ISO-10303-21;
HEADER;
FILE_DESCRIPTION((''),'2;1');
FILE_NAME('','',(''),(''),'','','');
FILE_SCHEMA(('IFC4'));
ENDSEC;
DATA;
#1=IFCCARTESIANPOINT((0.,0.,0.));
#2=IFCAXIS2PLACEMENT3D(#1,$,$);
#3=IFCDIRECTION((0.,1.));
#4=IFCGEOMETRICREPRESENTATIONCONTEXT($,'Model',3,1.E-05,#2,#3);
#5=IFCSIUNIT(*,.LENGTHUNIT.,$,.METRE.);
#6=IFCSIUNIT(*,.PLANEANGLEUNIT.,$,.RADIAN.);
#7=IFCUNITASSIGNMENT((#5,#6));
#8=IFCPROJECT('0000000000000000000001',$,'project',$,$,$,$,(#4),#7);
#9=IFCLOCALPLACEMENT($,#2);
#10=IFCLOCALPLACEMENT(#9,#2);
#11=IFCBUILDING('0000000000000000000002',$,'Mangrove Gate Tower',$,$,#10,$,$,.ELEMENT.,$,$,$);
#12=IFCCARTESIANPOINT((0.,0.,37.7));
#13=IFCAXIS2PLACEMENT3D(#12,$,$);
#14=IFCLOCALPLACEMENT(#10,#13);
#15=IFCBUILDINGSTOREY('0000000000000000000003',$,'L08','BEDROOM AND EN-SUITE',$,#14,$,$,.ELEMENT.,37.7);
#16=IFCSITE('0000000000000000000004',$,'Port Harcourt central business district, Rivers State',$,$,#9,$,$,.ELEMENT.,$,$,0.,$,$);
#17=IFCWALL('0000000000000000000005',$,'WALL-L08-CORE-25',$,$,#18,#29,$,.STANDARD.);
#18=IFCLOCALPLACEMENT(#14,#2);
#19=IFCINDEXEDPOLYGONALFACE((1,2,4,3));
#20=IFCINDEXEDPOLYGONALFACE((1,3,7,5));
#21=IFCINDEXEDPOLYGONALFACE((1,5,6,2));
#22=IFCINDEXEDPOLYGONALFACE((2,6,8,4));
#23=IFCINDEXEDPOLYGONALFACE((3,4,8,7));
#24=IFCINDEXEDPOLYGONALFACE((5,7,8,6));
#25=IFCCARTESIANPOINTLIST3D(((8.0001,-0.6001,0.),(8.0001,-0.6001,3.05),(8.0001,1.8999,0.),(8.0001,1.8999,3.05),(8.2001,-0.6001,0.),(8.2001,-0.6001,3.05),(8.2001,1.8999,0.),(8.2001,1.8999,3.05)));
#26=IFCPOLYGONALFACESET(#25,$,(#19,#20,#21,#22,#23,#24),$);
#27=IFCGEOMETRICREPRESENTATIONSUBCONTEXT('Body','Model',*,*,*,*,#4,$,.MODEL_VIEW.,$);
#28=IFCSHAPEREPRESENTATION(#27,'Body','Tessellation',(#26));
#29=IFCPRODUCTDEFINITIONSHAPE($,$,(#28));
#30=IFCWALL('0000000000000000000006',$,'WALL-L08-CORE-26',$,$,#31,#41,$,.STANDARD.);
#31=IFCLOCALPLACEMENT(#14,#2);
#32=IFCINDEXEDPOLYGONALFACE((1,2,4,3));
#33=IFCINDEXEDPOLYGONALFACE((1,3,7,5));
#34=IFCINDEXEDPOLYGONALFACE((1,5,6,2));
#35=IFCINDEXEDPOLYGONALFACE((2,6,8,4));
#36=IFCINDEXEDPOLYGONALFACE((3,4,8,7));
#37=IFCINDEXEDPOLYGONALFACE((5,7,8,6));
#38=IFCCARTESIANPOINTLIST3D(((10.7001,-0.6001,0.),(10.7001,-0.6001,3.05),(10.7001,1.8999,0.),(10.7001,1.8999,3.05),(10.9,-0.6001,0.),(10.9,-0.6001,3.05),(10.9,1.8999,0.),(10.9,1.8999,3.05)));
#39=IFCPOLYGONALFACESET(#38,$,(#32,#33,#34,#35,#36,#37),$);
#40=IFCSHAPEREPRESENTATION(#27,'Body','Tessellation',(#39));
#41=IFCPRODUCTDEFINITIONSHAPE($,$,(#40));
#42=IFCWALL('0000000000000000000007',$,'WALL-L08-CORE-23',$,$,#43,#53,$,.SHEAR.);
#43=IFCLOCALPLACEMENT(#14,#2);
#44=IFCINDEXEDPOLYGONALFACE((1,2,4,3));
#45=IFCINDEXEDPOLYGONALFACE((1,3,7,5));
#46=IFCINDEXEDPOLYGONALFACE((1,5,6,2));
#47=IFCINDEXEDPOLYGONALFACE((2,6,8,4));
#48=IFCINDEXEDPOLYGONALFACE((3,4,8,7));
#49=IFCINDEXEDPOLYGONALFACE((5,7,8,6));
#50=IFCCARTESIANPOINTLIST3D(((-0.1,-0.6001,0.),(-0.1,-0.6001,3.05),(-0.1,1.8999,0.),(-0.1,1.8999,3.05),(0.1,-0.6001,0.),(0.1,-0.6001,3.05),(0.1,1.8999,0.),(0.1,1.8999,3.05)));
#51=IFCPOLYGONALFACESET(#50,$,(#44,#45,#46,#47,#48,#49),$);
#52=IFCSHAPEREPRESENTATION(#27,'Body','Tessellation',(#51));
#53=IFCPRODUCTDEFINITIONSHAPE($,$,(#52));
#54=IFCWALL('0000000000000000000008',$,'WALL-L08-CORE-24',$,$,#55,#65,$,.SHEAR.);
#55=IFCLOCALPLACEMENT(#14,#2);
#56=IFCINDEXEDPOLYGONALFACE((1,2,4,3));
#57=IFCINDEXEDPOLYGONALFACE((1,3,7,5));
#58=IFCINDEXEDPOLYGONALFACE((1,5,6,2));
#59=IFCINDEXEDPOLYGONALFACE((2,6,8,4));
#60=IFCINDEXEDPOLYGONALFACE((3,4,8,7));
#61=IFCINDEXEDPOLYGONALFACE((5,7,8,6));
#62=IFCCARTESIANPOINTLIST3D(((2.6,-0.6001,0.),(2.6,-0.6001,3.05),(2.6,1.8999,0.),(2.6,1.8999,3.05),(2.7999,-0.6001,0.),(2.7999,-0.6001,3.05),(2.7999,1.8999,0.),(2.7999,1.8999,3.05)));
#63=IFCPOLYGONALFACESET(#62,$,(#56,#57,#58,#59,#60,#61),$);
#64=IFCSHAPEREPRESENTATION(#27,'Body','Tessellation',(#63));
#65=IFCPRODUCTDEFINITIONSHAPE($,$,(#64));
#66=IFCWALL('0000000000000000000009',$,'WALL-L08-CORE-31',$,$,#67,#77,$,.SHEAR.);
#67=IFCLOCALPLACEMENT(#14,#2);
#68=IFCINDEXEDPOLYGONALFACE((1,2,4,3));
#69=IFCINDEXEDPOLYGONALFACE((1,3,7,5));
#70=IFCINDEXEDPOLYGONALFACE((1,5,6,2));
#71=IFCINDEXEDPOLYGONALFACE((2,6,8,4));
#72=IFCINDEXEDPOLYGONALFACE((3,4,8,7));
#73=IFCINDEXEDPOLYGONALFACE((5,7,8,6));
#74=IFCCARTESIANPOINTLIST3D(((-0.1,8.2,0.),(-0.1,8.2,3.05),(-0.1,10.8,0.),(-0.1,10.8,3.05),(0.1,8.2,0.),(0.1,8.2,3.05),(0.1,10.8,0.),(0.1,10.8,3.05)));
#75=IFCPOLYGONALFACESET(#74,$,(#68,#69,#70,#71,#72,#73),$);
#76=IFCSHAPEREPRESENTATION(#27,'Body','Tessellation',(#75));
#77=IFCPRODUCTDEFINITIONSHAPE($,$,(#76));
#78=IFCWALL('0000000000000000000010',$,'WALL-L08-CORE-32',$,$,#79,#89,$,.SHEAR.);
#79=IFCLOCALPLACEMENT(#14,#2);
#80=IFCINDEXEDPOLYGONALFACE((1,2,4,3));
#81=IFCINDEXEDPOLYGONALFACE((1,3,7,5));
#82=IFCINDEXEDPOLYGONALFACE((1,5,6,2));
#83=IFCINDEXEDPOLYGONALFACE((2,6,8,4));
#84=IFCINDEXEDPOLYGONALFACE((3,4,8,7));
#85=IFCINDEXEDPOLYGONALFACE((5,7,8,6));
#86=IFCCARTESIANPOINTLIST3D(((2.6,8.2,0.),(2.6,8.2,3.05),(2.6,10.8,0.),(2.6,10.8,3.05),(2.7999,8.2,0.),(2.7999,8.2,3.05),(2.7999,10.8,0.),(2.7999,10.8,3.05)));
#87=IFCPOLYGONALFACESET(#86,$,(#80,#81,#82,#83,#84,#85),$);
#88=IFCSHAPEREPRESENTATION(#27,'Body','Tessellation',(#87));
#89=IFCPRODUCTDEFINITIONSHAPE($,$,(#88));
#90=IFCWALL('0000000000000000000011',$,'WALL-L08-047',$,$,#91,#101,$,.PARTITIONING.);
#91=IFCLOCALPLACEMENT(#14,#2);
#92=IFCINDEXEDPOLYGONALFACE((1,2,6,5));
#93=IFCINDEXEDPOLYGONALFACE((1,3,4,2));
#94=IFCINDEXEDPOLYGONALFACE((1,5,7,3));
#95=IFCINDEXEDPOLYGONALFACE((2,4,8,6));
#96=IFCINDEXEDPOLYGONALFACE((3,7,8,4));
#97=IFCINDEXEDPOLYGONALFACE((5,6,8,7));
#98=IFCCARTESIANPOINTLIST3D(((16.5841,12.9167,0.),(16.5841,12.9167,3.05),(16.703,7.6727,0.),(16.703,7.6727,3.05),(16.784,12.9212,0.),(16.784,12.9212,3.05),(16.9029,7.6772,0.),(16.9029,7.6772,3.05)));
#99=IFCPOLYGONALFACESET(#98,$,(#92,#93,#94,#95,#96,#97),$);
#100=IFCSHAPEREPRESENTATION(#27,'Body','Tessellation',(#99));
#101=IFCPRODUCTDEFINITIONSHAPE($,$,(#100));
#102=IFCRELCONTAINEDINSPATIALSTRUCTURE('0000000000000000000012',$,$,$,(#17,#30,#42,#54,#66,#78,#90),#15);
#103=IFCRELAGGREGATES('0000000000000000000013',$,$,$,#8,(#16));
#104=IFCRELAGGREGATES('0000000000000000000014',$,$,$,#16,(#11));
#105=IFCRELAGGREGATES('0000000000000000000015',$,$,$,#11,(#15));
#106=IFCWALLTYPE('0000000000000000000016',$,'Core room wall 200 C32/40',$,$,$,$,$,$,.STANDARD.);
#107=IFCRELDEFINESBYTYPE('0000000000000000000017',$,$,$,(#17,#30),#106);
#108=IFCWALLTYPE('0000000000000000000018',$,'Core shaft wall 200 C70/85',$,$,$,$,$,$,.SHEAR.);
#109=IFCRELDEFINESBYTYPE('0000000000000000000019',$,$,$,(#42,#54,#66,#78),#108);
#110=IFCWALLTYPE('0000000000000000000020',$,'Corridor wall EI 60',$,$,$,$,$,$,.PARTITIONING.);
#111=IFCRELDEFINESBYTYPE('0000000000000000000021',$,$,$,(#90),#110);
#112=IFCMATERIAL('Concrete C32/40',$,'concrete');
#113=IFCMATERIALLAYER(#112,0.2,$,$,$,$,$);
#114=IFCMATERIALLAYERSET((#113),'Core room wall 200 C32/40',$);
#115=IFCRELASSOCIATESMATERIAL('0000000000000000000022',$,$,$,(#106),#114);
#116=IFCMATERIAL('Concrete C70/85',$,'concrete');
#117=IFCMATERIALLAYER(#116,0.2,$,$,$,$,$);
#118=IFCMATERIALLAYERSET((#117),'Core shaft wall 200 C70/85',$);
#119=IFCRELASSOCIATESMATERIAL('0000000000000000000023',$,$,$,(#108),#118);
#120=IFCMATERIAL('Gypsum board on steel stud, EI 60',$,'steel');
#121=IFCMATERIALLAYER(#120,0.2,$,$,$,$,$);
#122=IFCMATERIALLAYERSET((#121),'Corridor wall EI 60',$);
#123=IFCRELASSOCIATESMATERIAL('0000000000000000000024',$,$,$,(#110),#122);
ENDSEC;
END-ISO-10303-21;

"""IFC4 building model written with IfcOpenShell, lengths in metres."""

from ifc_helpers import new_model, si_unit, direction, frame, frame_2d, origin, place, context, subcontext, project, spatial, rectangle, extrude, material, layer, layer_set, type_object, element, save


model = new_model("IFC4")

# Units and contexts
model_context = context("Model", 3, precision=1e-05, world=origin(), true_north=direction((0.0, 1.0)))
body_context = subcontext(model_context, "Body", "Model", "MODEL_VIEW")
ifc_project = project(units=[si_unit("LENGTHUNIT", "METRE"), si_unit("PLANEANGLEUNIT", "RADIAN")], contexts=[model_context])

# Site, building, storey
site_placement = place(None, origin())
site = spatial("IfcSite", under=ifc_project, at=site_placement, Name="Port Harcourt central business district, Rivers State", CompositionType="ELEMENT", RefElevation=0.0)
building_placement = place(site_placement, origin())
building = spatial("IfcBuilding", under=site, at=building_placement, Name="Mangrove Gate Tower", CompositionType="ELEMENT")
storey_placement = place(building_placement, frame((0.0, 0.0, 37.7)))
storey = spatial("IfcBuildingStorey", under=building, at=storey_placement, Name="L08", Description="BEDROOM AND EN-SUITE", CompositionType="ELEMENT", Elevation=37.7)

# Walls
ifc_material_1 = material(Name="Concrete C32/40", Category="concrete")
ifc_layer_1 = layer(ifc_material_1, 0.2)
ifc_layer_set_1 = layer_set([ifc_layer_1], Name="Core room wall 200 C32/40")
wall_type_1 = type_object("IfcWallType", Name="Core room wall 200 C32/40", PredefinedType="STANDARD", material=ifc_layer_set_1)
for number, where, z_axis, x_axis, name in (
    (1, (8.1001, -0.6001, 0.0), (0.0, 0.0, 1.0), (0.0, 1.0, 0.0), "WALL-L08-CORE-25"),
    (2, (10.8, -0.6001, 0.0), (0.0, 0.0, 1.0), (0.0, 1.0, 0.0), "WALL-L08-CORE-26"),
):
    element("IfcWall", number, at=place(storey_placement, frame(where, z_axis=z_axis, x_axis=x_axis)), inside=storey, type_object=wall_type_1, Name=name, PredefinedType="STANDARD", context=body_context, shape_type="SweptSolid", body=[
        extrude(rectangle(XDim=2.5, YDim=0.2, at=frame_2d((1.25, 0.0))), origin(), (0.0, 0.0, 1.0), 3.05),
    ])
ifc_material_2 = material(Name="Concrete C70/85", Category="concrete")
ifc_layer_2 = layer(ifc_material_2, 0.2)
ifc_layer_set_2 = layer_set([ifc_layer_2], Name="Core shaft wall 200 C70/85")
wall_type_2 = type_object("IfcWallType", Name="Core shaft wall 200 C70/85", PredefinedType="SHEAR", material=ifc_layer_set_2)
for number, where, z_axis, x_axis, name in (
    (3, (0.0, -0.6001, 0.0), (0.0, 0.0, 1.0), (0.0, 1.0, 0.0), "WALL-L08-CORE-23"),
    (4, (2.7, -0.6001, 0.0), (0.0, 0.0, 1.0), (0.0, 1.0, 0.0), "WALL-L08-CORE-24"),
):
    element("IfcWall", number, at=place(storey_placement, frame(where, z_axis=z_axis, x_axis=x_axis)), inside=storey, type_object=wall_type_2, Name=name, PredefinedType="SHEAR", context=body_context, shape_type="SweptSolid", body=[
        extrude(rectangle(XDim=2.5, YDim=0.2, at=frame_2d((1.25, 0.0))), origin(), (0.0, 0.0, 1.0), 3.05),
    ])
for number, where, z_axis, x_axis, name in (
    (5, (0.0, 8.2, 0.0), (0.0, 0.0, 1.0), (0.0, 1.0, 0.0), "WALL-L08-CORE-31"),
    (6, (2.7, 8.2, 0.0), (0.0, 0.0, 1.0), (0.0, 1.0, 0.0), "WALL-L08-CORE-32"),
):
    element("IfcWall", number, at=place(storey_placement, frame(where, z_axis=z_axis, x_axis=x_axis)), inside=storey, type_object=wall_type_2, Name=name, PredefinedType="SHEAR", context=body_context, shape_type="SweptSolid", body=[
        extrude(rectangle(XDim=2.6001, YDim=0.2, at=frame_2d((1.3, 0.0))), origin(), (0.0, 0.0, 1.0), 3.05),
    ])
ifc_material_3 = material(Name="Gypsum board on steel stud, EI 60", Category="steel")
ifc_layer_3 = layer(ifc_material_3, 0.2)
ifc_layer_set_3 = layer_set([ifc_layer_3], Name="Corridor wall EI 60")
wall_type_3 = type_object("IfcWallType", Name="Corridor wall EI 60", PredefinedType="PARTITIONING", material=ifc_layer_set_3)
wall_placement = place(storey_placement, frame((16.803, 7.675, 0.0), z_axis=(0.0, 0.0, 1.0), x_axis=(-0.022667, 0.999743, 0.0)))
element("IfcWall", 7, at=wall_placement, inside=storey, type_object=wall_type_3, Name="WALL-L08-047", PredefinedType="PARTITIONING", context=body_context, shape_type="SweptSolid", body=[
    extrude(rectangle(XDim=5.2454, YDim=0.2, at=frame_2d((2.6226, 0.0))), origin(), (0.0, 0.0, 1.0), 3.05),
])

save(model, "model.ifc")
